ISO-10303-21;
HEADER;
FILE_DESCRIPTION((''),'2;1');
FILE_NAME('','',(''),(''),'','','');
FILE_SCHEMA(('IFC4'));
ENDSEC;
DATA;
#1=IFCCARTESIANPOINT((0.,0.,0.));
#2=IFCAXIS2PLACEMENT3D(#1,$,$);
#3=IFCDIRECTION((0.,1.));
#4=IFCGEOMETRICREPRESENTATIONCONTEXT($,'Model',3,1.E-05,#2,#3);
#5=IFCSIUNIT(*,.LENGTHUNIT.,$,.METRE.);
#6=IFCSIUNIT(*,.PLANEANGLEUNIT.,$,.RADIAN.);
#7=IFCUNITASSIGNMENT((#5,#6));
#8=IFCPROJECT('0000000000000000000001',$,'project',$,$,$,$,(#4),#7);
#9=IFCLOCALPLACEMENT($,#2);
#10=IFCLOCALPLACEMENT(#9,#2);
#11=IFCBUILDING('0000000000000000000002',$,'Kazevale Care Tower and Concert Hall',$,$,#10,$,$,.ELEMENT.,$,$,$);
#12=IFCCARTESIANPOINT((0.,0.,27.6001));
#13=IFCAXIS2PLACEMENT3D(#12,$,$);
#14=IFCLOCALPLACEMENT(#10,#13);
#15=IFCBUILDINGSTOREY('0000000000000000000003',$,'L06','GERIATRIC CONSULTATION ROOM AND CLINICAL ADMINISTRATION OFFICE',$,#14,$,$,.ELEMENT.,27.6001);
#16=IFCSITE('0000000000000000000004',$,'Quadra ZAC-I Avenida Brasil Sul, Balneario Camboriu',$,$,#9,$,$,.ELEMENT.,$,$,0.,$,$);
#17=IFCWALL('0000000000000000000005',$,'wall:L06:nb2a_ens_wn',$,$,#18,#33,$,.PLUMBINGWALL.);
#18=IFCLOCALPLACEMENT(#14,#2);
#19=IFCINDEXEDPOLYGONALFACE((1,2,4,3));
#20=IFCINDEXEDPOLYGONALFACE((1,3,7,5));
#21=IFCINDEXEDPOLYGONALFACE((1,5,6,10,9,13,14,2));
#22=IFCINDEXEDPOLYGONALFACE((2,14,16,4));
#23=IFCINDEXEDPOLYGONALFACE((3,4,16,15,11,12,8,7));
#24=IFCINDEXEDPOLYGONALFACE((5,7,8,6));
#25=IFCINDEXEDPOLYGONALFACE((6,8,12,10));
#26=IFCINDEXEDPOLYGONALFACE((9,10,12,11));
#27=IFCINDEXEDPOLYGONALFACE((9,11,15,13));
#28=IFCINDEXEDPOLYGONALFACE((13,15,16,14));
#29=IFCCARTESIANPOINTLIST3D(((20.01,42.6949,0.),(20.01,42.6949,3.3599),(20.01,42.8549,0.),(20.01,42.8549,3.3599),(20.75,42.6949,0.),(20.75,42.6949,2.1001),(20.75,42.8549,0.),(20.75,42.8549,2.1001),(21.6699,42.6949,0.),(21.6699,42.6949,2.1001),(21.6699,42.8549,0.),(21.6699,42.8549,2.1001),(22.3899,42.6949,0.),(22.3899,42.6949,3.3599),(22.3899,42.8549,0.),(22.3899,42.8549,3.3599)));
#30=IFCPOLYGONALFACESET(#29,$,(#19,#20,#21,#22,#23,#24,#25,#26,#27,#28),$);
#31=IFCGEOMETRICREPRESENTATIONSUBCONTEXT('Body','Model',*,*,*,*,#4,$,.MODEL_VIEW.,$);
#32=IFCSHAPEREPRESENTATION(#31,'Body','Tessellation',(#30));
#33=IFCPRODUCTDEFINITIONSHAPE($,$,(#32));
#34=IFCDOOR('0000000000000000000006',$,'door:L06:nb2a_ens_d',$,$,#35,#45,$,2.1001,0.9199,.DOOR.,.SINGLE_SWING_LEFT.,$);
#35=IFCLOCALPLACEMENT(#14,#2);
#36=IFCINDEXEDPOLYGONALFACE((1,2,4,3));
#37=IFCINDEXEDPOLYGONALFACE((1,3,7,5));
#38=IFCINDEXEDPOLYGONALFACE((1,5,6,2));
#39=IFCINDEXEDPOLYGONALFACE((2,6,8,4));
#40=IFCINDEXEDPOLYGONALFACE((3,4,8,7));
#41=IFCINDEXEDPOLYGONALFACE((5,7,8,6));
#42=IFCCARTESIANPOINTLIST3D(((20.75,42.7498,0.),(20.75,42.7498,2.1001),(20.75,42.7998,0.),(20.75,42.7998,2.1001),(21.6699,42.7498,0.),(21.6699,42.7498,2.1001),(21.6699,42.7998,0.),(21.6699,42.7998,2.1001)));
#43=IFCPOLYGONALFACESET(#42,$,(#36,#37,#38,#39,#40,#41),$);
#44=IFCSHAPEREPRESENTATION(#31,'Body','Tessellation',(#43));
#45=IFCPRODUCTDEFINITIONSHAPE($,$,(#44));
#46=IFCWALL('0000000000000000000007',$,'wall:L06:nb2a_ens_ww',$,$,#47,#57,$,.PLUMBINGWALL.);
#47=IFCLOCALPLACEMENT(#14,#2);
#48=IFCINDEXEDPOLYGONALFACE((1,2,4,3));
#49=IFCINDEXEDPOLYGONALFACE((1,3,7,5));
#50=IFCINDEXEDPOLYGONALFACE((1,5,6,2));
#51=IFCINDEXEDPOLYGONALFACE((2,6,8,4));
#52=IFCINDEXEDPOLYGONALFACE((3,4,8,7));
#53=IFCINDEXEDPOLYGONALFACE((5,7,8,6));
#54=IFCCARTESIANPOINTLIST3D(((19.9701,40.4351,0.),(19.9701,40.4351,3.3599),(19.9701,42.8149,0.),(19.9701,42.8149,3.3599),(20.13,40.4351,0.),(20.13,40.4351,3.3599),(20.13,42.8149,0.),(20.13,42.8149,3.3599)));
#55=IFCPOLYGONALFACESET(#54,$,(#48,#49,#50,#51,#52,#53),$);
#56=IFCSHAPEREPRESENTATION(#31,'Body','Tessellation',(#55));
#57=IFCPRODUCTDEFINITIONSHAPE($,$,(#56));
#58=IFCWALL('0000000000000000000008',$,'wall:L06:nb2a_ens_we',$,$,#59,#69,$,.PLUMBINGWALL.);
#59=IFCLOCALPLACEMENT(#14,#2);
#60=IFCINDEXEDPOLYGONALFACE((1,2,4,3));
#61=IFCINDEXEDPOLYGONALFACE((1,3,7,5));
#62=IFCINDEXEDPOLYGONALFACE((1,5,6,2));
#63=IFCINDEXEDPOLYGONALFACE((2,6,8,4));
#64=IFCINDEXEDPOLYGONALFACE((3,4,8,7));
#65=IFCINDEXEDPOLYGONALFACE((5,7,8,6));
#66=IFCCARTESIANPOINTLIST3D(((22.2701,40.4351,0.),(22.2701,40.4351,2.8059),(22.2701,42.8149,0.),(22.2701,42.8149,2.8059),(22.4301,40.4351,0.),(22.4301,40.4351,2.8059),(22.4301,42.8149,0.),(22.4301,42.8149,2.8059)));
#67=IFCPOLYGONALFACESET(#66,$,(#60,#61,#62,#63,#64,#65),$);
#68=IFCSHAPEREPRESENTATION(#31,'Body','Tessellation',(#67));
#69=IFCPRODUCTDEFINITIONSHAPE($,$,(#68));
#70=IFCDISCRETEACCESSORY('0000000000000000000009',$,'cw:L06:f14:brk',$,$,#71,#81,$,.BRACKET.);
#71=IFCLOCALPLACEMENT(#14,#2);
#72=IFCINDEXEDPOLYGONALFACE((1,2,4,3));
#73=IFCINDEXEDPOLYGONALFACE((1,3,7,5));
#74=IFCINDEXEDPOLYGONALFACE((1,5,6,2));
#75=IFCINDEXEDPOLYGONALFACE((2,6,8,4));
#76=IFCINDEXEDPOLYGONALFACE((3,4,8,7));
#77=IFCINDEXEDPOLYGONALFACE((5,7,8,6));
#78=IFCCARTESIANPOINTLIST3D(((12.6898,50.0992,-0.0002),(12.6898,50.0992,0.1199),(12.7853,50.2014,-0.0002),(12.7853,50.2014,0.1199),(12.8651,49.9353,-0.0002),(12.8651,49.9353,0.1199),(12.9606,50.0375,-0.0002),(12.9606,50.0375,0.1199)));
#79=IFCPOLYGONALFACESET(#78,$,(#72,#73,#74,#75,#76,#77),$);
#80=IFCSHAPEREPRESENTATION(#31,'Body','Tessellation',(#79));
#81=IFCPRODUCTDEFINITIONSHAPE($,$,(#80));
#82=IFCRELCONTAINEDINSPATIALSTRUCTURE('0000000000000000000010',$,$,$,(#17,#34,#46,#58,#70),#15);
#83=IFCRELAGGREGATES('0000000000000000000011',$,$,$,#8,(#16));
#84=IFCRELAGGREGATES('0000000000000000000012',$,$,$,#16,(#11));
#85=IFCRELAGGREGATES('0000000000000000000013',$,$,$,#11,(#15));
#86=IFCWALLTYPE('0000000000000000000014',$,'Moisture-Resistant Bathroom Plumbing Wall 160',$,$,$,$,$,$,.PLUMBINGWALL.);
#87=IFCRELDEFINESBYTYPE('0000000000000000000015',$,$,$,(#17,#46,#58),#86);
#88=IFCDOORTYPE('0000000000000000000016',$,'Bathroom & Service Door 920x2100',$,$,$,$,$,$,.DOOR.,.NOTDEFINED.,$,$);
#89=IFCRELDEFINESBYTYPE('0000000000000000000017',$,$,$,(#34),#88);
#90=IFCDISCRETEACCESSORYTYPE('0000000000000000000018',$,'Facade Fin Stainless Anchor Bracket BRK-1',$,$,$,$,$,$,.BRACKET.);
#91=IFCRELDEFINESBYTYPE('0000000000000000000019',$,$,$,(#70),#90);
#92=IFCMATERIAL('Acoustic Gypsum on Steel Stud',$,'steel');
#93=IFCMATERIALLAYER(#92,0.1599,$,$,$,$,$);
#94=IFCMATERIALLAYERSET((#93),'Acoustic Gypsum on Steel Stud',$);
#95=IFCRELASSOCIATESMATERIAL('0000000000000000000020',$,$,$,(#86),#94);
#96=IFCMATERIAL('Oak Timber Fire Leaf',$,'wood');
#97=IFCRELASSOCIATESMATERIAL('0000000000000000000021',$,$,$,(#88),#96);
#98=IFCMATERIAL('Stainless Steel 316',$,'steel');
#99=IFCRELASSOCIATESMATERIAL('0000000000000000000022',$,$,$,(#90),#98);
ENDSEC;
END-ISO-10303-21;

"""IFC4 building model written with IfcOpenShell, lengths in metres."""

from ifc_helpers import new_model, si_unit, direction, frame, frame_2d, origin, origin_2d, place, context, subcontext, project, spatial, rectangle, extrude, material, layer, layer_set, type_object, element, fill, save


model = new_model("IFC4")

# Units and contexts
model_context = context("Model", 3, precision=1e-05, world=origin(), true_north=direction((0.0, 1.0)))
body_context = subcontext(model_context, "Body", "Model", "MODEL_VIEW")
ifc_project = project(units=[si_unit("LENGTHUNIT", "METRE"), si_unit("PLANEANGLEUNIT", "RADIAN")], contexts=[model_context])

# Site, building, storey
site_placement = place(None, origin())
site = spatial("IfcSite", under=ifc_project, at=site_placement, Name="Quadra ZAC-I Avenida Brasil Sul, Balneario Camboriu", CompositionType="ELEMENT", RefElevation=0.0)
building_placement = place(site_placement, origin())
building = spatial("IfcBuilding", under=site, at=building_placement, Name="Kazevale Care Tower and Concert Hall", CompositionType="ELEMENT")
storey_placement = place(building_placement, frame((0.0, 0.0, 27.6001)))
storey = spatial("IfcBuildingStorey", under=building, at=storey_placement, Name="L06", Description="GERIATRIC CONSULTATION ROOM AND CLINICAL ADMINISTRATION OFFICE", CompositionType="ELEMENT", Elevation=27.6001)

# Shared definitions
ifc_material_1 = material(Name="Oak Timber Fire Leaf", Category="wood")

# Shared definitions
ifc_material_2 = material(Name="Acoustic Gypsum on Steel Stud", Category="steel")
ifc_layer_1 = layer(ifc_material_2, 0.1599)
ifc_layer_set_1 = layer_set([ifc_layer_1], Name="Acoustic Gypsum on Steel Stud")
wall_type_1 = type_object("IfcWallType", Name="Moisture-Resistant Bathroom Plumbing Wall 160", PredefinedType="PLUMBINGWALL", material=ifc_layer_set_1)

# Wall, opening, door
wall_1_placement = place(storey_placement, frame((20.01, 42.7749, 0.0), z_axis=(0.0, 0.0, 1.0), x_axis=(1.0, 0.0, 0.0)))
wall_1 = element("IfcWall", 1, at=wall_1_placement, inside=storey, type_object=wall_type_1, Name="wall:L06:nb2a_ens_wn", PredefinedType="PLUMBINGWALL", context=body_context, shape_type="SweptSolid", body=[
    extrude(rectangle(XDim=2.3799, YDim=0.1599, at=frame_2d((1.1899, 0.0))), origin(), (0.0, 0.0, 1.0), 3.3599),
])
opening_1_placement = place(wall_1_placement, frame((0.74, 0.0, 0.0)))
opening_1 = element("IfcOpeningElement", 2, at=opening_1_placement, cuts=wall_1, PredefinedType="OPENING", context=body_context, shape_type="SweptSolid", body=[
    extrude(rectangle(XDim=0.9199, YDim=2.1001, at=frame_2d((0.46, 1.05))), frame((0.0, 0.0898, 0.0), z_axis=(0.0, -1.0, 0.0), x_axis=(1.0, 0.0, 0.0)), (0.0, 0.0, 1.0), 0.1799),
])
door_type_1 = type_object("IfcDoorType", Name="Bathroom & Service Door 920x2100", OperationType="NOTDEFINED", PredefinedType="DOOR", material=ifc_material_1)
door_1_placement = place(opening_1_placement, origin())
door_1 = element("IfcDoor", 3, at=door_1_placement, inside=storey, type_object=door_type_1, Name="door:L06:nb2a_ens_d", OperationType="SINGLE_SWING_LEFT", OverallHeight=2.1001, OverallWidth=0.9199, PredefinedType="DOOR", context=body_context, shape_type="SweptSolid", body=[
    extrude(rectangle(XDim=0.9199, YDim=2.1001, at=frame_2d((0.46, 1.05))), frame((0.0, 0.0249, 0.0), z_axis=(0.0, -1.0, 0.0), x_axis=(1.0, 0.0, 0.0)), (0.0, 0.0, 1.0), 0.05),
])
fill(opening_1, door_1)

# Walls
wall_2_placement = place(storey_placement, frame((20.05, 40.4351, 0.0), z_axis=(0.0, 0.0, 1.0), x_axis=(0.0, 1.0, 0.0)))
element("IfcWall", 4, at=wall_2_placement, inside=storey, type_object=wall_type_1, Name="wall:L06:nb2a_ens_ww", PredefinedType="PLUMBINGWALL", context=body_context, shape_type="SweptSolid", body=[
    extrude(rectangle(XDim=2.3799, YDim=0.1599, at=frame_2d((1.1899, 0.0))), origin(), (0.0, 0.0, 1.0), 3.3599),
])
wall_3_placement = place(storey_placement, frame((22.3501, 40.4351, 0.0), z_axis=(0.0, 0.0, 1.0), x_axis=(0.0, 1.0, 0.0)))
element("IfcWall", 5, at=wall_3_placement, inside=storey, type_object=wall_type_1, Name="wall:L06:nb2a_ens_we", PredefinedType="PLUMBINGWALL", context=body_context, shape_type="SweptSolid", body=[
    extrude(rectangle(XDim=2.3799, YDim=0.1599, at=frame_2d((1.1899, 0.0))), origin(), (0.0, 0.0, 1.0), 2.8059),
])

# Discrete accessory
ifc_material_3 = material(Name="Stainless Steel 316", Category="steel")
discrete_accessory_type = type_object("IfcDiscreteAccessoryType", Name="Facade Fin Stainless Anchor Bracket BRK-1", PredefinedType="BRACKET", material=ifc_material_3)
discrete_accessory_placement = place(storey_placement, frame((12.8252, 50.0684, -0.0002), z_axis=(0.0, 0.0, 1.0), x_axis=(-0.730401, 0.683019, 0.0)))
element("IfcDiscreteAccessory", 6, at=discrete_accessory_placement, inside=storey, type_object=discrete_accessory_type, Name="cw:L06:f14:brk", PredefinedType="BRACKET", context=body_context, shape_type="SweptSolid", body=[
    extrude(rectangle(XDim=0.24, YDim=0.1399, at=origin_2d()), origin(), (0.0, 0.0, 1.0), 0.1201),
])

save(model, "model.ifc")
